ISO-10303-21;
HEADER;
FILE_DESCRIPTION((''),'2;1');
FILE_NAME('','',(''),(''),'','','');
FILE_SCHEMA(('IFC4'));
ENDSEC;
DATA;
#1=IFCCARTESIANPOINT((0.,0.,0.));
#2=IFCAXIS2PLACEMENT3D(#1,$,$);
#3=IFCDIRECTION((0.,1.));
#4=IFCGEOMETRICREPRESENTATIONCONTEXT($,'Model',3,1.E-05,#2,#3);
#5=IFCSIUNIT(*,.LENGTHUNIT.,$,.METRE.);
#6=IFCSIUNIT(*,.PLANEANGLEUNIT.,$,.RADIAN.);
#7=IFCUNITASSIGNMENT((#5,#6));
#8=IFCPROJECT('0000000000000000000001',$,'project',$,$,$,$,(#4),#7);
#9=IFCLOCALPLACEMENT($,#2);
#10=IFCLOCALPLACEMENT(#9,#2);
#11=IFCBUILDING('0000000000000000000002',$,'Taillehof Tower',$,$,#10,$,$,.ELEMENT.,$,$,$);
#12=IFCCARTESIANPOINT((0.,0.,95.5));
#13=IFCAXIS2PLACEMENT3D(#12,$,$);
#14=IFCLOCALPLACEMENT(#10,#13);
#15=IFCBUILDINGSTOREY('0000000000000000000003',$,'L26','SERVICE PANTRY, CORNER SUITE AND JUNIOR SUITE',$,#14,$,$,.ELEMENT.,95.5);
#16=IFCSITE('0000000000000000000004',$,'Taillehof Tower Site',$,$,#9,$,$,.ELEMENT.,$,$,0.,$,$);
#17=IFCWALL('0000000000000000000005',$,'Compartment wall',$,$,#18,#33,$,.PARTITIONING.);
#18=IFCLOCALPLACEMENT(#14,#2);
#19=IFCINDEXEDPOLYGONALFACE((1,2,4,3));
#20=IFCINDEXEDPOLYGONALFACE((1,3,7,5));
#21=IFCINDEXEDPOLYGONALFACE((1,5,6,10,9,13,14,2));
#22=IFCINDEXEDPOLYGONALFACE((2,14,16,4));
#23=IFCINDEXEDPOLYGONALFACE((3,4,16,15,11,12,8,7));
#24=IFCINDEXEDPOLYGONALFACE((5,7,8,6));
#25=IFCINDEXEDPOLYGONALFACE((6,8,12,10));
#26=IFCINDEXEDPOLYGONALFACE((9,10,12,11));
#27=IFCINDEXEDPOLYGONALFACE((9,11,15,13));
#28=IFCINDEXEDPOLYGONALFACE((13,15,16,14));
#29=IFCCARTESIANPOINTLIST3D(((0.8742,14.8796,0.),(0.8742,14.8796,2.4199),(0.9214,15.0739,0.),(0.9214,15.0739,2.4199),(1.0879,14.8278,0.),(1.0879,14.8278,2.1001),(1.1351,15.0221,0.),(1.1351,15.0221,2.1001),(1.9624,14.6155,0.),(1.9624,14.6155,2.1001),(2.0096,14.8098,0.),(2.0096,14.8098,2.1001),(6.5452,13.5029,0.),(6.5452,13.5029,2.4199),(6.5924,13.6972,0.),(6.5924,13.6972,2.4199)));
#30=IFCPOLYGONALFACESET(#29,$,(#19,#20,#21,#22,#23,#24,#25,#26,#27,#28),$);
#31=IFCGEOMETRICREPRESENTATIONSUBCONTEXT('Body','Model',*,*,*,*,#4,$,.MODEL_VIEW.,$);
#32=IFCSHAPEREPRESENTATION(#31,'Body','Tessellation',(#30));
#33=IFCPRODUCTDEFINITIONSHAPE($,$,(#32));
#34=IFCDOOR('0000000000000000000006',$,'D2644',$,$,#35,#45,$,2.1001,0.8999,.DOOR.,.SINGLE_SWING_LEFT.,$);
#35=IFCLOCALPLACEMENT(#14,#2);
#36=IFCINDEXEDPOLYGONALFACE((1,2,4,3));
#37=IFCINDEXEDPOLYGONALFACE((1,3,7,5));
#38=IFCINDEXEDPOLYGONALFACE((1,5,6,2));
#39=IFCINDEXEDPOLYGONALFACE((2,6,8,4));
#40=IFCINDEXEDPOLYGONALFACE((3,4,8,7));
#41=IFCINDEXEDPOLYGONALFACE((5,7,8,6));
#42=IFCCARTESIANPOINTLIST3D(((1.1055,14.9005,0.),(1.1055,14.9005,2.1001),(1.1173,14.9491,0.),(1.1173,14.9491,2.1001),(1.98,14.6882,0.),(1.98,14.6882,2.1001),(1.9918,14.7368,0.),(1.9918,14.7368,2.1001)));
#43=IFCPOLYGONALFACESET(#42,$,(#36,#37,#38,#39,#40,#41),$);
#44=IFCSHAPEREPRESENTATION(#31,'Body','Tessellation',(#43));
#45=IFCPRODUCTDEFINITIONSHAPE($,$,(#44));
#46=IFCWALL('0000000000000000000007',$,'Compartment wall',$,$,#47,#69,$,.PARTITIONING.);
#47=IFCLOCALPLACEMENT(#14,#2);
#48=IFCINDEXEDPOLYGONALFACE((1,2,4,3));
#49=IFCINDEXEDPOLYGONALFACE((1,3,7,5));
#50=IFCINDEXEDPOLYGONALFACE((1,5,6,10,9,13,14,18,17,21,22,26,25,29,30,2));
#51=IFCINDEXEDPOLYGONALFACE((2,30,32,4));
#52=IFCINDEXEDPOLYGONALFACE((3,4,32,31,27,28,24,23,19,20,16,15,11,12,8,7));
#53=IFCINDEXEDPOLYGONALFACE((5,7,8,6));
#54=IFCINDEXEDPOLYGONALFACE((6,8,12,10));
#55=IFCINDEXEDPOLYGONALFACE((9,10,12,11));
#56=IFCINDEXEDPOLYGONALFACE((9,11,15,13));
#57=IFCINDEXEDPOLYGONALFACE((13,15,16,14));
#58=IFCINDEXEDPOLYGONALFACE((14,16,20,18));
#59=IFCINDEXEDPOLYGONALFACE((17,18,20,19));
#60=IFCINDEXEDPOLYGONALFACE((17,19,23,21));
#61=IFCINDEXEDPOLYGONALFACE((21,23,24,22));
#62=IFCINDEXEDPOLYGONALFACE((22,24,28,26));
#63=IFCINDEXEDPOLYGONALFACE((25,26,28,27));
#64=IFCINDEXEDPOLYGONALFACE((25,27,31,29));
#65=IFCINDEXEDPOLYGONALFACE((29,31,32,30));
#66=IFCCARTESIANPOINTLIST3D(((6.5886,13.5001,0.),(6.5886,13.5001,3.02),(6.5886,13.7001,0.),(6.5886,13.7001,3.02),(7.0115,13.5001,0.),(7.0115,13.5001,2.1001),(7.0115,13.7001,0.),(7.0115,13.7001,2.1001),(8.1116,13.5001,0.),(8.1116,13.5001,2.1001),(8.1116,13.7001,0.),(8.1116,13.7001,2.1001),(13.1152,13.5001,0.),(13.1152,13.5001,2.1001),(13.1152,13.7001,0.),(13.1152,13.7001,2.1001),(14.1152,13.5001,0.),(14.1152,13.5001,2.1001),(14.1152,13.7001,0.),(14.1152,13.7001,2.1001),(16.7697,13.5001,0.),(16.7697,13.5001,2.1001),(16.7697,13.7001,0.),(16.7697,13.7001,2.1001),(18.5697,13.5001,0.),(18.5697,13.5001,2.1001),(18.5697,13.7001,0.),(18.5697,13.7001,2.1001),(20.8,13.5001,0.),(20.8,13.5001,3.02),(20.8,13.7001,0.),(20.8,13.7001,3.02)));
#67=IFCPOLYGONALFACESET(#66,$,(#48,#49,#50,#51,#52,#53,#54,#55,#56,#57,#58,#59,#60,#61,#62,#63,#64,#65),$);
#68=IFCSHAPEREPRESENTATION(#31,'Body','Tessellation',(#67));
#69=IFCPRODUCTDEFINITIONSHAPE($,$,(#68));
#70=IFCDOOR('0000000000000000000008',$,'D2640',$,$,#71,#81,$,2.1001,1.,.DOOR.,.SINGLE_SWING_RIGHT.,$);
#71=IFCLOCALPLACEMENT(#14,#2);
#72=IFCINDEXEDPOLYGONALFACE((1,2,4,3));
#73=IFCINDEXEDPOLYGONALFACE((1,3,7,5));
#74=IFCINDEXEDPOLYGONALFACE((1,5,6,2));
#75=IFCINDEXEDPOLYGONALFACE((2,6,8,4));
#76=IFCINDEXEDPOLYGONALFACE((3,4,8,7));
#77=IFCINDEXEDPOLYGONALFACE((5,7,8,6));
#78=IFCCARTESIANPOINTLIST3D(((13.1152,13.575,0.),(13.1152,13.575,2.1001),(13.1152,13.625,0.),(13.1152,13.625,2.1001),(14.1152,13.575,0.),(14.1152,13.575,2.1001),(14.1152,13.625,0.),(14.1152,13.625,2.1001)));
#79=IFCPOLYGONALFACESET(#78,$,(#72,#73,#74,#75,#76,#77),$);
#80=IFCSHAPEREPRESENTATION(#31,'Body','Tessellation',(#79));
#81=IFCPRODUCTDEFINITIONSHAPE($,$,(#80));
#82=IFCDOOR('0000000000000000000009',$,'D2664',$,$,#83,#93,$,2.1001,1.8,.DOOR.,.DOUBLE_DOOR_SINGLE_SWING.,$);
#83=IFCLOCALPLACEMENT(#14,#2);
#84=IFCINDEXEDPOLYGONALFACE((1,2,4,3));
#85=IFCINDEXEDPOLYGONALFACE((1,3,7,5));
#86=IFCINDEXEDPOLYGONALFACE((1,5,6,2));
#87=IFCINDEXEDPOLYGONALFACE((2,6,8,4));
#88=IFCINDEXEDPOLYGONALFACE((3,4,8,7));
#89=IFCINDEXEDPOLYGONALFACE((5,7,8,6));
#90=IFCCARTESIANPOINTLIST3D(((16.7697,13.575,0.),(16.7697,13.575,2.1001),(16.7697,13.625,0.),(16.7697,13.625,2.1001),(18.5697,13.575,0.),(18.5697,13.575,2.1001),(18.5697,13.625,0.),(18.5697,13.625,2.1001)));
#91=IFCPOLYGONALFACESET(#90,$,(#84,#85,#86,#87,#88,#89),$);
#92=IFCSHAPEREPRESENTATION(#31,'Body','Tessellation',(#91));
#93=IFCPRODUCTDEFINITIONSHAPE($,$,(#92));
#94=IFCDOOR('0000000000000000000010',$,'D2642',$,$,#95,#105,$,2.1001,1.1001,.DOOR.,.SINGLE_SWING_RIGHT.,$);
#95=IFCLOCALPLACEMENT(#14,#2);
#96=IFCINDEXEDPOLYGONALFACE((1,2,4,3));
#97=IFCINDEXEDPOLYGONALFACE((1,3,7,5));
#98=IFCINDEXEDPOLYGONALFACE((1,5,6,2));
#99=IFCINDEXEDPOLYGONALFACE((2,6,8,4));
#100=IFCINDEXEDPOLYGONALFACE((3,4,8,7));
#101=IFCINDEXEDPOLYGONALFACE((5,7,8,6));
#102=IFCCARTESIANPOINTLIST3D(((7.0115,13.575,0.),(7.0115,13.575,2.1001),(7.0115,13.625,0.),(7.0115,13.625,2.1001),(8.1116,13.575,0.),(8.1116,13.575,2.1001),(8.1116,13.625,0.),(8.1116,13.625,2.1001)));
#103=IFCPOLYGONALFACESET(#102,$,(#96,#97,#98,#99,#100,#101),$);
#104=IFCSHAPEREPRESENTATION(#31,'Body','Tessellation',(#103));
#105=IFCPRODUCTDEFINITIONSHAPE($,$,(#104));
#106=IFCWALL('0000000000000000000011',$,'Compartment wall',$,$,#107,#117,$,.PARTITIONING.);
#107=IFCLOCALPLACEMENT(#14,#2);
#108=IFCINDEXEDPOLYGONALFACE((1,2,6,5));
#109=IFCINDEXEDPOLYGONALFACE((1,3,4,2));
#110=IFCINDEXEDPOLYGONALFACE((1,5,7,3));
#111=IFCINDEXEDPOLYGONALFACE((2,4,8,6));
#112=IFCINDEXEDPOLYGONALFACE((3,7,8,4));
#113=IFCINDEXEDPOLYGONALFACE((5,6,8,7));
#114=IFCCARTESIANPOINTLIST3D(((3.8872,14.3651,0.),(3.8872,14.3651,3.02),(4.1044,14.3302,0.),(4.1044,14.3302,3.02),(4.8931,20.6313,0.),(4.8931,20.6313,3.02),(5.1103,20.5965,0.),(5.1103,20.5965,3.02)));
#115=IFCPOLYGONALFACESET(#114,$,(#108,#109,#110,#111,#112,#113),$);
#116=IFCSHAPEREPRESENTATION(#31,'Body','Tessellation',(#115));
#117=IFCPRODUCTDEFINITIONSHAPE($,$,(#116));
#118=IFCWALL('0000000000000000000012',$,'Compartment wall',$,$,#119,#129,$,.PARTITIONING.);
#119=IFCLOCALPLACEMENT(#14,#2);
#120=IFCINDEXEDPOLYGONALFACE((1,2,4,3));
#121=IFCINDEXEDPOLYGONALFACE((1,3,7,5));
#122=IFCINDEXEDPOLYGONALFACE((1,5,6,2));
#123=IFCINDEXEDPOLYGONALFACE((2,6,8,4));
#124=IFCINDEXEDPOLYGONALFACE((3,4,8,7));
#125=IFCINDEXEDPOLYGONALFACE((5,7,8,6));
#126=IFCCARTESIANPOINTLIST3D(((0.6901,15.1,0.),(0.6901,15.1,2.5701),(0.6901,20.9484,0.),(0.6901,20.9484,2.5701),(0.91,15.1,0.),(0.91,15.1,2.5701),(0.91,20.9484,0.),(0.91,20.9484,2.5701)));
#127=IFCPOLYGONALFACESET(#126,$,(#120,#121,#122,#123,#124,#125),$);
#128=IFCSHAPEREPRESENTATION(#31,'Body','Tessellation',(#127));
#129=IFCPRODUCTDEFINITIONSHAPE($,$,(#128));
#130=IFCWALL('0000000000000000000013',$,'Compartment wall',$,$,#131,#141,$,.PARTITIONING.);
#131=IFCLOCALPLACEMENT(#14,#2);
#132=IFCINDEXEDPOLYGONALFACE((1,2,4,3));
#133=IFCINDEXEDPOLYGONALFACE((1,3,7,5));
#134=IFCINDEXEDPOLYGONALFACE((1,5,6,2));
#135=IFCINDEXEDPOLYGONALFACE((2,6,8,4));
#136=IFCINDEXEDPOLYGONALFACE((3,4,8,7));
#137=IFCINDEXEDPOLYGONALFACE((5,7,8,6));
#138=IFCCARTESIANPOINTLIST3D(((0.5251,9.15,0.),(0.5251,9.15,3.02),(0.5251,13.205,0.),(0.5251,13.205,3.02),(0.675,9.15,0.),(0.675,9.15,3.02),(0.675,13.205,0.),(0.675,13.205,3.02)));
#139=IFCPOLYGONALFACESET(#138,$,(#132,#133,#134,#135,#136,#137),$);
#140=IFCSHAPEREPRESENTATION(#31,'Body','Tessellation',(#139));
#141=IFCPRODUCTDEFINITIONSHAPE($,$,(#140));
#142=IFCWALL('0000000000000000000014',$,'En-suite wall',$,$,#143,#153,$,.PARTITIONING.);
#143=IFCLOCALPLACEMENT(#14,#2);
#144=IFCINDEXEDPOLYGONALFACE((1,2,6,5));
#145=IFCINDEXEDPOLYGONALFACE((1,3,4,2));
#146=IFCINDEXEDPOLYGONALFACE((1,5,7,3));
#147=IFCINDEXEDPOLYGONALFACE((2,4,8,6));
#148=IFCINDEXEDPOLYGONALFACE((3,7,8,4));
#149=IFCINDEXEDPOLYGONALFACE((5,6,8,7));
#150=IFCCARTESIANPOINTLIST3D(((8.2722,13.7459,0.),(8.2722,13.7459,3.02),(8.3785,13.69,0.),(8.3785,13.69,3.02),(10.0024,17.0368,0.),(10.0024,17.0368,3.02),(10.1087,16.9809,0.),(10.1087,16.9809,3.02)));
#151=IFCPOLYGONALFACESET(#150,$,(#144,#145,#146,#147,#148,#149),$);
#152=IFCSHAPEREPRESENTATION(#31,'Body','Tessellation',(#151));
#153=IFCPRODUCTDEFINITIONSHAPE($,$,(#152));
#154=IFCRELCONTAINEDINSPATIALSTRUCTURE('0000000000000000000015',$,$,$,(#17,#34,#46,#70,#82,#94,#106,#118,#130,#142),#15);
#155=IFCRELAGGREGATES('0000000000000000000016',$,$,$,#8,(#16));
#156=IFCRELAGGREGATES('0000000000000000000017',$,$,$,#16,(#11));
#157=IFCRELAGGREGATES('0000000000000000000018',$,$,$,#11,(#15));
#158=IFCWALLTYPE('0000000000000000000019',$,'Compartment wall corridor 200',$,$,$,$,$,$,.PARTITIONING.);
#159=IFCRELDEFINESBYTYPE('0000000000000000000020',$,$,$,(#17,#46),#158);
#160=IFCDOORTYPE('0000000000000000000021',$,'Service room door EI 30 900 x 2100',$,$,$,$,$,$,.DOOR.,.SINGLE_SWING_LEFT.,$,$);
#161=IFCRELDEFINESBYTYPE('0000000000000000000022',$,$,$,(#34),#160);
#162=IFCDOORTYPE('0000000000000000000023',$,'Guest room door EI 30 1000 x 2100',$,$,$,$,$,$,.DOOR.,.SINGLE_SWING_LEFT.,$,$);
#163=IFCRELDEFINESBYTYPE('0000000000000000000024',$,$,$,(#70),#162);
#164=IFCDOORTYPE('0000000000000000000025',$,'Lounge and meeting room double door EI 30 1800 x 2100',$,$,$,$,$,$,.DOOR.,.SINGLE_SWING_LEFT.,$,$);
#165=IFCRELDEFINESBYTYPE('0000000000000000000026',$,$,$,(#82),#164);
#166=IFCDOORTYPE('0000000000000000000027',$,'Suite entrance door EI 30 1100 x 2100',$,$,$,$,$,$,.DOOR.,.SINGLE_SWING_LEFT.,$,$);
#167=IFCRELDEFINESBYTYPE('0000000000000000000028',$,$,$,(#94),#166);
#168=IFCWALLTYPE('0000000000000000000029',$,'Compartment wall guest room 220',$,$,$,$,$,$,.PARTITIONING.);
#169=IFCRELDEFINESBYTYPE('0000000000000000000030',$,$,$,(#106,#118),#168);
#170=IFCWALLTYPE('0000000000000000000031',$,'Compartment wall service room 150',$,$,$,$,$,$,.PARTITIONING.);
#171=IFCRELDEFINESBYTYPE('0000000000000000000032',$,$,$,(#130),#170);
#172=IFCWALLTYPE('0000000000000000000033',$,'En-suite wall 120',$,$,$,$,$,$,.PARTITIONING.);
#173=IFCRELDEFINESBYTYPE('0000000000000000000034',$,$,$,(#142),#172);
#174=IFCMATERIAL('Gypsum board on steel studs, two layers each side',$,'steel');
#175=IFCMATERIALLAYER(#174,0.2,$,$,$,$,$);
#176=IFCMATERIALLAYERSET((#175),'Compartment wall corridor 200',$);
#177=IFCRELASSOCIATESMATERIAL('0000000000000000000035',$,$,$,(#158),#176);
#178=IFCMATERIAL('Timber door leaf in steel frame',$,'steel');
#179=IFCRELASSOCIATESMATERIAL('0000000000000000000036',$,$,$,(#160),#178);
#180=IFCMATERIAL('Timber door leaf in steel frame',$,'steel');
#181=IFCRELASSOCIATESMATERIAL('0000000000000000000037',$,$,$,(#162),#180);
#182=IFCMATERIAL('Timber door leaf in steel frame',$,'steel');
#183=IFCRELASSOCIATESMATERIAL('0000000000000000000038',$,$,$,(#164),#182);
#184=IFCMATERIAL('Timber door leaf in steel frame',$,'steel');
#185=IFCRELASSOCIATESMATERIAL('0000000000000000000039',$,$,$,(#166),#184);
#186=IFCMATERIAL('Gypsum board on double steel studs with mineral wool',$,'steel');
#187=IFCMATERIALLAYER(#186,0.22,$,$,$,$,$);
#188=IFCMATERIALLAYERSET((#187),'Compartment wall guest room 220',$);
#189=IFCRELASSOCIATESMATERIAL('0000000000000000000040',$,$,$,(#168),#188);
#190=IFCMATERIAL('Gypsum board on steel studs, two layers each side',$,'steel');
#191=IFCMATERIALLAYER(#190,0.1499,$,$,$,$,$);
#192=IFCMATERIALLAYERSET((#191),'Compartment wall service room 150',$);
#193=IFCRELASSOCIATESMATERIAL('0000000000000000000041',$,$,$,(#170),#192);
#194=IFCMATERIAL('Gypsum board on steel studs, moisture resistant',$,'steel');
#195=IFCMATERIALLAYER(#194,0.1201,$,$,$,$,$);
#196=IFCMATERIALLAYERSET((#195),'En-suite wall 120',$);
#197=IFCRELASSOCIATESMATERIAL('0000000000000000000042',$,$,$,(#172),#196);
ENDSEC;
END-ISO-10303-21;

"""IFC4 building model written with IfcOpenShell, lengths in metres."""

from ifc_helpers import new_model, si_unit, direction, frame, frame_2d, origin, place, context, subcontext, project, spatial, rectangle, extrude, material, layer, layer_set, type_object, element, fill, save


model = new_model("IFC4")

# Units and contexts
model_context = context("Model", 3, precision=1e-05, world=origin(), true_north=direction((0.0, 1.0)))
body_context = subcontext(model_context, "Body", "Model", "MODEL_VIEW")
ifc_project = project(units=[si_unit("LENGTHUNIT", "METRE"), si_unit("PLANEANGLEUNIT", "RADIAN")], contexts=[model_context])

# Site, building, storey
site_placement = place(None, origin())
site = spatial("IfcSite", under=ifc_project, at=site_placement, Name="Taillehof Tower Site", CompositionType="ELEMENT", RefElevation=0.0)
building_placement = place(site_placement, origin())
building = spatial("IfcBuilding", under=site, at=building_placement, Name="Taillehof Tower", CompositionType="ELEMENT")
storey_placement = place(building_placement, frame((0.0, 0.0, 95.5)))
storey = spatial("IfcBuildingStorey", under=building, at=storey_placement, Name="L26", Description="SERVICE PANTRY, CORNER SUITE AND JUNIOR SUITE", CompositionType="ELEMENT", Elevation=95.5)

# Wall, opening, door
ifc_material_1 = material(Name="Gypsum board on steel studs, two layers each side", Category="steel")
ifc_layer_1 = layer(ifc_material_1, 0.2)
ifc_layer_set_1 = layer_set([ifc_layer_1], Name="Compartment wall corridor 200")
wall_type_1 = type_object("IfcWallType", Name="Compartment wall corridor 200", PredefinedType="PARTITIONING", material=ifc_layer_set_1)
wall_1_placement = place(storey_placement, frame((0.8977, 14.9768, 0.0), z_axis=(0.0, 0.0, 1.0), x_axis=(0.971774, -0.235915, 0.0)))
wall_1 = element("IfcWall", 1, at=wall_1_placement, inside=storey, type_object=wall_type_1, Name="Compartment wall", PredefinedType="PARTITIONING", context=body_context, shape_type="SweptSolid", body=[
    extrude(rectangle(XDim=5.8357, YDim=0.2, at=frame_2d((2.918, 0.0))), origin(), (0.0, 0.0, 1.0), 2.4199),
])
opening_1_placement = place(wall_1_placement, frame((0.22, 0.0, 0.0)))
opening_1 = element("IfcOpeningElement", 2, at=opening_1_placement, cuts=wall_1, PredefinedType="OPENING", context=body_context, shape_type="SweptSolid", body=[
    extrude(rectangle(XDim=0.8999, YDim=2.1001, at=frame_2d((0.45, 1.05))), frame((0.0, 0.1099, 0.0), z_axis=(0.0, -1.0, 0.0), x_axis=(1.0, 0.0, 0.0)), (0.0, 0.0, 1.0), 0.22),
])
ifc_material_2 = material(Name="Timber door leaf in steel frame", Category="steel")
door_type_1 = type_object("IfcDoorType", Name="Service room door EI 30 900 x 2100", OperationType="SINGLE_SWING_LEFT", PredefinedType="DOOR", material=ifc_material_2)
door_1_placement = place(opening_1_placement, origin())
door_1 = element("IfcDoor", 3, at=door_1_placement, inside=storey, type_object=door_type_1, Name="D2644", OperationType="SINGLE_SWING_LEFT", OverallHeight=2.1001, OverallWidth=0.8999, PredefinedType="DOOR", context=body_context, shape_type="SweptSolid", body=[
    extrude(rectangle(XDim=0.8999, YDim=2.1001, at=frame_2d((0.45, 1.05))), frame((0.0, 0.0249, 0.0), z_axis=(0.0, -1.0, 0.0), x_axis=(1.0, 0.0, 0.0)), (0.0, 0.0, 1.0), 0.05),
])
fill(opening_1, door_1)

# Wall, openings, doors
wall_2_placement = place(storey_placement, frame((6.5886, 13.6001, 0.0), z_axis=(0.0, 0.0, 1.0), x_axis=(1.0, 0.0, 0.0)))
wall_2 = element("IfcWall", 4, at=wall_2_placement, inside=storey, type_object=wall_type_1, Name="Compartment wall", PredefinedType="PARTITIONING", context=body_context, shape_type="SweptSolid", body=[
    extrude(rectangle(XDim=14.2114, YDim=0.2, at=frame_2d((7.1057, 0.0))), origin(), (0.0, 0.0, 1.0), 3.02),
])
opening_2_placement = place(wall_2_placement, frame((6.5266, 0.0, 0.0)))
opening_2 = element("IfcOpeningElement", 5, at=opening_2_placement, cuts=wall_2, PredefinedType="OPENING", context=body_context, shape_type="SweptSolid", body=[
    extrude(rectangle(XDim=1.0, YDim=2.1001, at=frame_2d((0.5, 1.05))), frame((0.0, 0.1099, 0.0), z_axis=(0.0, -1.0, 0.0), x_axis=(1.0, 0.0, 0.0)), (0.0, 0.0, 1.0), 0.22),
])
opening_3_placement = place(wall_2_placement, frame((0.4229, 0.0, 0.0)))
opening_3 = element("IfcOpeningElement", 6, at=opening_3_placement, cuts=wall_2, PredefinedType="OPENING", context=body_context, shape_type="SweptSolid", body=[
    extrude(rectangle(XDim=1.1001, YDim=2.1001, at=frame_2d((0.55, 1.05))), frame((0.0, 0.1099, 0.0), z_axis=(0.0, -1.0, 0.0), x_axis=(1.0, 0.0, 0.0)), (0.0, 0.0, 1.0), 0.22),
])
opening_4_placement = place(wall_2_placement, frame((10.1812, 0.0, 0.0)))
opening_4 = element("IfcOpeningElement", 7, at=opening_4_placement, cuts=wall_2, PredefinedType="OPENING", context=body_context, shape_type="SweptSolid", body=[
    extrude(rectangle(XDim=1.8, YDim=2.1001, at=frame_2d((0.8999, 1.05))), frame((0.0, 0.1099, 0.0), z_axis=(0.0, -1.0, 0.0), x_axis=(1.0, 0.0, 0.0)), (0.0, 0.0, 1.0), 0.22),
])
ifc_material_3 = material(Name="Timber door leaf in steel frame", Category="steel")
door_type_2 = type_object("IfcDoorType", Name="Guest room door EI 30 1000 x 2100", OperationType="SINGLE_SWING_LEFT", PredefinedType="DOOR", material=ifc_material_3)
door_2_placement = place(opening_2_placement, origin())
door_2 = element("IfcDoor", 8, at=door_2_placement, inside=storey, type_object=door_type_2, Name="D2640", OperationType="SINGLE_SWING_RIGHT", OverallHeight=2.1001, OverallWidth=1.0, PredefinedType="DOOR", context=body_context, shape_type="SweptSolid", body=[
    extrude(rectangle(XDim=1.0, YDim=2.1001, at=frame_2d((0.5, 1.05))), frame((0.0, 0.0249, 0.0), z_axis=(0.0, -1.0, 0.0), x_axis=(1.0, 0.0, 0.0)), (0.0, 0.0, 1.0), 0.05),
])
fill(opening_2, door_2)
ifc_material_4 = material(Name="Timber door leaf in steel frame", Category="steel")
door_type_3 = type_object("IfcDoorType", Name="Lounge and meeting room double door EI 30 1800 x 2100", OperationType="SINGLE_SWING_LEFT", PredefinedType="DOOR", material=ifc_material_4)
door_3_placement = place(opening_4_placement, origin())
door_3 = element("IfcDoor", 9, at=door_3_placement, inside=storey, type_object=door_type_3, Name="D2664", OperationType="DOUBLE_DOOR_SINGLE_SWING", OverallHeight=2.1001, OverallWidth=1.8, PredefinedType="DOOR", context=body_context, shape_type="SweptSolid", body=[
    extrude(rectangle(XDim=1.8, YDim=2.1001, at=frame_2d((0.8999, 1.05))), frame((0.0, 0.0249, 0.0), z_axis=(0.0, -1.0, 0.0), x_axis=(1.0, 0.0, 0.0)), (0.0, 0.0, 1.0), 0.05),
])
fill(opening_4, door_3)
ifc_material_5 = material(Name="Timber door leaf in steel frame", Category="steel")
door_type_4 = type_object("IfcDoorType", Name="Suite entrance door EI 30 1100 x 2100", OperationType="SINGLE_SWING_LEFT", PredefinedType="DOOR", material=ifc_material_5)
door_4_placement = place(opening_3_placement, origin())
door_4 = element("IfcDoor", 10, at=door_4_placement, inside=storey, type_object=door_type_4, Name="D2642", OperationType="SINGLE_SWING_RIGHT", OverallHeight=2.1001, OverallWidth=1.1001, PredefinedType="DOOR", context=body_context, shape_type="SweptSolid", body=[
    extrude(rectangle(XDim=1.1001, YDim=2.1001, at=frame_2d((0.55, 1.05))), frame((0.0, 0.0249, 0.0), z_axis=(0.0, -1.0, 0.0), x_axis=(1.0, 0.0, 0.0)), (0.0, 0.0, 1.0), 0.05),
])
fill(opening_3, door_4)

# Walls
ifc_material_6 = material(Name="Gypsum board on double steel studs with mineral wool", Category="steel")
ifc_layer_2 = layer(ifc_material_6, 0.22)
ifc_layer_set_2 = layer_set([ifc_layer_2], Name="Compartment wall guest room 220")
wall_type_2 = type_object("IfcWallType", Name="Compartment wall guest room 220", PredefinedType="PARTITIONING", material=ifc_layer_set_2)
wall_3_placement = place(storey_placement, frame((5.0017, 20.614, 0.0), z_axis=(0.0, 0.0, 1.0), x_axis=(-0.158495, -0.98736, 0.0)))
element("IfcWall", 11, at=wall_3_placement, inside=storey, type_object=wall_type_2, Name="Compartment wall", PredefinedType="PARTITIONING", context=body_context, shape_type="SweptSolid", body=[
    extrude(rectangle(XDim=6.3464, YDim=0.22, at=frame_2d((3.1733, 0.0))), origin(), (0.0, 0.0, 1.0), 3.02),
])
wall_4_placement = place(storey_placement, frame((0.8, 20.9485, 0.0), z_axis=(0.0, 0.0, 1.0), x_axis=(0.0, -1.0, 0.0)))
element("IfcWall", 12, at=wall_4_placement, inside=storey, type_object=wall_type_2, Name="Compartment wall", PredefinedType="PARTITIONING", context=body_context, shape_type="SweptSolid", body=[
    extrude(rectangle(XDim=5.8484, YDim=0.22, at=frame_2d((2.9243, 0.0))), origin(), (0.0, 0.0, 1.0), 2.5701),
])
ifc_material_7 = material(Name="Gypsum board on steel studs, two layers each side", Category="steel")
ifc_layer_3 = layer(ifc_material_7, 0.1499)
ifc_layer_set_3 = layer_set([ifc_layer_3], Name="Compartment wall service room 150")
wall_type_3 = type_object("IfcWallType", Name="Compartment wall service room 150", PredefinedType="PARTITIONING", material=ifc_layer_set_3)
wall_5_placement = place(storey_placement, frame((0.6001, 13.2048, 0.0), z_axis=(0.0, 0.0, 1.0), x_axis=(0.0, -1.0, 0.0)))
element("IfcWall", 13, at=wall_5_placement, inside=storey, type_object=wall_type_3, Name="Compartment wall", PredefinedType="PARTITIONING", context=body_context, shape_type="SweptSolid", body=[
    extrude(rectangle(XDim=4.0549, YDim=0.1499, at=frame_2d((2.0273, 0.0))), origin(), (0.0, 0.0, 1.0), 3.02),
])
ifc_material_8 = material(Name="Gypsum board on steel studs, moisture resistant", Category="steel")
ifc_layer_4 = layer(ifc_material_8, 0.1201)
ifc_layer_set_4 = layer_set([ifc_layer_4], Name="En-suite wall 120")
wall_type_4 = type_object("IfcWallType", Name="En-suite wall 120", PredefinedType="PARTITIONING", material=ifc_layer_set_4)
wall_6_placement = place(storey_placement, frame((8.3254, 13.718, 0.0), z_axis=(0.0, 0.0, 1.0), x_axis=(0.465349, 0.885128, 0.0)))
element("IfcWall", 14, at=wall_6_placement, inside=storey, type_object=wall_type_4, Name="En-suite wall", PredefinedType="PARTITIONING", context=body_context, shape_type="SweptSolid", body=[
    extrude(rectangle(XDim=3.718, YDim=0.1201, at=frame_2d((1.8589, 0.0))), origin(), (0.0, 0.0, 1.0), 3.02),
])

save(model, "model.ifc")
